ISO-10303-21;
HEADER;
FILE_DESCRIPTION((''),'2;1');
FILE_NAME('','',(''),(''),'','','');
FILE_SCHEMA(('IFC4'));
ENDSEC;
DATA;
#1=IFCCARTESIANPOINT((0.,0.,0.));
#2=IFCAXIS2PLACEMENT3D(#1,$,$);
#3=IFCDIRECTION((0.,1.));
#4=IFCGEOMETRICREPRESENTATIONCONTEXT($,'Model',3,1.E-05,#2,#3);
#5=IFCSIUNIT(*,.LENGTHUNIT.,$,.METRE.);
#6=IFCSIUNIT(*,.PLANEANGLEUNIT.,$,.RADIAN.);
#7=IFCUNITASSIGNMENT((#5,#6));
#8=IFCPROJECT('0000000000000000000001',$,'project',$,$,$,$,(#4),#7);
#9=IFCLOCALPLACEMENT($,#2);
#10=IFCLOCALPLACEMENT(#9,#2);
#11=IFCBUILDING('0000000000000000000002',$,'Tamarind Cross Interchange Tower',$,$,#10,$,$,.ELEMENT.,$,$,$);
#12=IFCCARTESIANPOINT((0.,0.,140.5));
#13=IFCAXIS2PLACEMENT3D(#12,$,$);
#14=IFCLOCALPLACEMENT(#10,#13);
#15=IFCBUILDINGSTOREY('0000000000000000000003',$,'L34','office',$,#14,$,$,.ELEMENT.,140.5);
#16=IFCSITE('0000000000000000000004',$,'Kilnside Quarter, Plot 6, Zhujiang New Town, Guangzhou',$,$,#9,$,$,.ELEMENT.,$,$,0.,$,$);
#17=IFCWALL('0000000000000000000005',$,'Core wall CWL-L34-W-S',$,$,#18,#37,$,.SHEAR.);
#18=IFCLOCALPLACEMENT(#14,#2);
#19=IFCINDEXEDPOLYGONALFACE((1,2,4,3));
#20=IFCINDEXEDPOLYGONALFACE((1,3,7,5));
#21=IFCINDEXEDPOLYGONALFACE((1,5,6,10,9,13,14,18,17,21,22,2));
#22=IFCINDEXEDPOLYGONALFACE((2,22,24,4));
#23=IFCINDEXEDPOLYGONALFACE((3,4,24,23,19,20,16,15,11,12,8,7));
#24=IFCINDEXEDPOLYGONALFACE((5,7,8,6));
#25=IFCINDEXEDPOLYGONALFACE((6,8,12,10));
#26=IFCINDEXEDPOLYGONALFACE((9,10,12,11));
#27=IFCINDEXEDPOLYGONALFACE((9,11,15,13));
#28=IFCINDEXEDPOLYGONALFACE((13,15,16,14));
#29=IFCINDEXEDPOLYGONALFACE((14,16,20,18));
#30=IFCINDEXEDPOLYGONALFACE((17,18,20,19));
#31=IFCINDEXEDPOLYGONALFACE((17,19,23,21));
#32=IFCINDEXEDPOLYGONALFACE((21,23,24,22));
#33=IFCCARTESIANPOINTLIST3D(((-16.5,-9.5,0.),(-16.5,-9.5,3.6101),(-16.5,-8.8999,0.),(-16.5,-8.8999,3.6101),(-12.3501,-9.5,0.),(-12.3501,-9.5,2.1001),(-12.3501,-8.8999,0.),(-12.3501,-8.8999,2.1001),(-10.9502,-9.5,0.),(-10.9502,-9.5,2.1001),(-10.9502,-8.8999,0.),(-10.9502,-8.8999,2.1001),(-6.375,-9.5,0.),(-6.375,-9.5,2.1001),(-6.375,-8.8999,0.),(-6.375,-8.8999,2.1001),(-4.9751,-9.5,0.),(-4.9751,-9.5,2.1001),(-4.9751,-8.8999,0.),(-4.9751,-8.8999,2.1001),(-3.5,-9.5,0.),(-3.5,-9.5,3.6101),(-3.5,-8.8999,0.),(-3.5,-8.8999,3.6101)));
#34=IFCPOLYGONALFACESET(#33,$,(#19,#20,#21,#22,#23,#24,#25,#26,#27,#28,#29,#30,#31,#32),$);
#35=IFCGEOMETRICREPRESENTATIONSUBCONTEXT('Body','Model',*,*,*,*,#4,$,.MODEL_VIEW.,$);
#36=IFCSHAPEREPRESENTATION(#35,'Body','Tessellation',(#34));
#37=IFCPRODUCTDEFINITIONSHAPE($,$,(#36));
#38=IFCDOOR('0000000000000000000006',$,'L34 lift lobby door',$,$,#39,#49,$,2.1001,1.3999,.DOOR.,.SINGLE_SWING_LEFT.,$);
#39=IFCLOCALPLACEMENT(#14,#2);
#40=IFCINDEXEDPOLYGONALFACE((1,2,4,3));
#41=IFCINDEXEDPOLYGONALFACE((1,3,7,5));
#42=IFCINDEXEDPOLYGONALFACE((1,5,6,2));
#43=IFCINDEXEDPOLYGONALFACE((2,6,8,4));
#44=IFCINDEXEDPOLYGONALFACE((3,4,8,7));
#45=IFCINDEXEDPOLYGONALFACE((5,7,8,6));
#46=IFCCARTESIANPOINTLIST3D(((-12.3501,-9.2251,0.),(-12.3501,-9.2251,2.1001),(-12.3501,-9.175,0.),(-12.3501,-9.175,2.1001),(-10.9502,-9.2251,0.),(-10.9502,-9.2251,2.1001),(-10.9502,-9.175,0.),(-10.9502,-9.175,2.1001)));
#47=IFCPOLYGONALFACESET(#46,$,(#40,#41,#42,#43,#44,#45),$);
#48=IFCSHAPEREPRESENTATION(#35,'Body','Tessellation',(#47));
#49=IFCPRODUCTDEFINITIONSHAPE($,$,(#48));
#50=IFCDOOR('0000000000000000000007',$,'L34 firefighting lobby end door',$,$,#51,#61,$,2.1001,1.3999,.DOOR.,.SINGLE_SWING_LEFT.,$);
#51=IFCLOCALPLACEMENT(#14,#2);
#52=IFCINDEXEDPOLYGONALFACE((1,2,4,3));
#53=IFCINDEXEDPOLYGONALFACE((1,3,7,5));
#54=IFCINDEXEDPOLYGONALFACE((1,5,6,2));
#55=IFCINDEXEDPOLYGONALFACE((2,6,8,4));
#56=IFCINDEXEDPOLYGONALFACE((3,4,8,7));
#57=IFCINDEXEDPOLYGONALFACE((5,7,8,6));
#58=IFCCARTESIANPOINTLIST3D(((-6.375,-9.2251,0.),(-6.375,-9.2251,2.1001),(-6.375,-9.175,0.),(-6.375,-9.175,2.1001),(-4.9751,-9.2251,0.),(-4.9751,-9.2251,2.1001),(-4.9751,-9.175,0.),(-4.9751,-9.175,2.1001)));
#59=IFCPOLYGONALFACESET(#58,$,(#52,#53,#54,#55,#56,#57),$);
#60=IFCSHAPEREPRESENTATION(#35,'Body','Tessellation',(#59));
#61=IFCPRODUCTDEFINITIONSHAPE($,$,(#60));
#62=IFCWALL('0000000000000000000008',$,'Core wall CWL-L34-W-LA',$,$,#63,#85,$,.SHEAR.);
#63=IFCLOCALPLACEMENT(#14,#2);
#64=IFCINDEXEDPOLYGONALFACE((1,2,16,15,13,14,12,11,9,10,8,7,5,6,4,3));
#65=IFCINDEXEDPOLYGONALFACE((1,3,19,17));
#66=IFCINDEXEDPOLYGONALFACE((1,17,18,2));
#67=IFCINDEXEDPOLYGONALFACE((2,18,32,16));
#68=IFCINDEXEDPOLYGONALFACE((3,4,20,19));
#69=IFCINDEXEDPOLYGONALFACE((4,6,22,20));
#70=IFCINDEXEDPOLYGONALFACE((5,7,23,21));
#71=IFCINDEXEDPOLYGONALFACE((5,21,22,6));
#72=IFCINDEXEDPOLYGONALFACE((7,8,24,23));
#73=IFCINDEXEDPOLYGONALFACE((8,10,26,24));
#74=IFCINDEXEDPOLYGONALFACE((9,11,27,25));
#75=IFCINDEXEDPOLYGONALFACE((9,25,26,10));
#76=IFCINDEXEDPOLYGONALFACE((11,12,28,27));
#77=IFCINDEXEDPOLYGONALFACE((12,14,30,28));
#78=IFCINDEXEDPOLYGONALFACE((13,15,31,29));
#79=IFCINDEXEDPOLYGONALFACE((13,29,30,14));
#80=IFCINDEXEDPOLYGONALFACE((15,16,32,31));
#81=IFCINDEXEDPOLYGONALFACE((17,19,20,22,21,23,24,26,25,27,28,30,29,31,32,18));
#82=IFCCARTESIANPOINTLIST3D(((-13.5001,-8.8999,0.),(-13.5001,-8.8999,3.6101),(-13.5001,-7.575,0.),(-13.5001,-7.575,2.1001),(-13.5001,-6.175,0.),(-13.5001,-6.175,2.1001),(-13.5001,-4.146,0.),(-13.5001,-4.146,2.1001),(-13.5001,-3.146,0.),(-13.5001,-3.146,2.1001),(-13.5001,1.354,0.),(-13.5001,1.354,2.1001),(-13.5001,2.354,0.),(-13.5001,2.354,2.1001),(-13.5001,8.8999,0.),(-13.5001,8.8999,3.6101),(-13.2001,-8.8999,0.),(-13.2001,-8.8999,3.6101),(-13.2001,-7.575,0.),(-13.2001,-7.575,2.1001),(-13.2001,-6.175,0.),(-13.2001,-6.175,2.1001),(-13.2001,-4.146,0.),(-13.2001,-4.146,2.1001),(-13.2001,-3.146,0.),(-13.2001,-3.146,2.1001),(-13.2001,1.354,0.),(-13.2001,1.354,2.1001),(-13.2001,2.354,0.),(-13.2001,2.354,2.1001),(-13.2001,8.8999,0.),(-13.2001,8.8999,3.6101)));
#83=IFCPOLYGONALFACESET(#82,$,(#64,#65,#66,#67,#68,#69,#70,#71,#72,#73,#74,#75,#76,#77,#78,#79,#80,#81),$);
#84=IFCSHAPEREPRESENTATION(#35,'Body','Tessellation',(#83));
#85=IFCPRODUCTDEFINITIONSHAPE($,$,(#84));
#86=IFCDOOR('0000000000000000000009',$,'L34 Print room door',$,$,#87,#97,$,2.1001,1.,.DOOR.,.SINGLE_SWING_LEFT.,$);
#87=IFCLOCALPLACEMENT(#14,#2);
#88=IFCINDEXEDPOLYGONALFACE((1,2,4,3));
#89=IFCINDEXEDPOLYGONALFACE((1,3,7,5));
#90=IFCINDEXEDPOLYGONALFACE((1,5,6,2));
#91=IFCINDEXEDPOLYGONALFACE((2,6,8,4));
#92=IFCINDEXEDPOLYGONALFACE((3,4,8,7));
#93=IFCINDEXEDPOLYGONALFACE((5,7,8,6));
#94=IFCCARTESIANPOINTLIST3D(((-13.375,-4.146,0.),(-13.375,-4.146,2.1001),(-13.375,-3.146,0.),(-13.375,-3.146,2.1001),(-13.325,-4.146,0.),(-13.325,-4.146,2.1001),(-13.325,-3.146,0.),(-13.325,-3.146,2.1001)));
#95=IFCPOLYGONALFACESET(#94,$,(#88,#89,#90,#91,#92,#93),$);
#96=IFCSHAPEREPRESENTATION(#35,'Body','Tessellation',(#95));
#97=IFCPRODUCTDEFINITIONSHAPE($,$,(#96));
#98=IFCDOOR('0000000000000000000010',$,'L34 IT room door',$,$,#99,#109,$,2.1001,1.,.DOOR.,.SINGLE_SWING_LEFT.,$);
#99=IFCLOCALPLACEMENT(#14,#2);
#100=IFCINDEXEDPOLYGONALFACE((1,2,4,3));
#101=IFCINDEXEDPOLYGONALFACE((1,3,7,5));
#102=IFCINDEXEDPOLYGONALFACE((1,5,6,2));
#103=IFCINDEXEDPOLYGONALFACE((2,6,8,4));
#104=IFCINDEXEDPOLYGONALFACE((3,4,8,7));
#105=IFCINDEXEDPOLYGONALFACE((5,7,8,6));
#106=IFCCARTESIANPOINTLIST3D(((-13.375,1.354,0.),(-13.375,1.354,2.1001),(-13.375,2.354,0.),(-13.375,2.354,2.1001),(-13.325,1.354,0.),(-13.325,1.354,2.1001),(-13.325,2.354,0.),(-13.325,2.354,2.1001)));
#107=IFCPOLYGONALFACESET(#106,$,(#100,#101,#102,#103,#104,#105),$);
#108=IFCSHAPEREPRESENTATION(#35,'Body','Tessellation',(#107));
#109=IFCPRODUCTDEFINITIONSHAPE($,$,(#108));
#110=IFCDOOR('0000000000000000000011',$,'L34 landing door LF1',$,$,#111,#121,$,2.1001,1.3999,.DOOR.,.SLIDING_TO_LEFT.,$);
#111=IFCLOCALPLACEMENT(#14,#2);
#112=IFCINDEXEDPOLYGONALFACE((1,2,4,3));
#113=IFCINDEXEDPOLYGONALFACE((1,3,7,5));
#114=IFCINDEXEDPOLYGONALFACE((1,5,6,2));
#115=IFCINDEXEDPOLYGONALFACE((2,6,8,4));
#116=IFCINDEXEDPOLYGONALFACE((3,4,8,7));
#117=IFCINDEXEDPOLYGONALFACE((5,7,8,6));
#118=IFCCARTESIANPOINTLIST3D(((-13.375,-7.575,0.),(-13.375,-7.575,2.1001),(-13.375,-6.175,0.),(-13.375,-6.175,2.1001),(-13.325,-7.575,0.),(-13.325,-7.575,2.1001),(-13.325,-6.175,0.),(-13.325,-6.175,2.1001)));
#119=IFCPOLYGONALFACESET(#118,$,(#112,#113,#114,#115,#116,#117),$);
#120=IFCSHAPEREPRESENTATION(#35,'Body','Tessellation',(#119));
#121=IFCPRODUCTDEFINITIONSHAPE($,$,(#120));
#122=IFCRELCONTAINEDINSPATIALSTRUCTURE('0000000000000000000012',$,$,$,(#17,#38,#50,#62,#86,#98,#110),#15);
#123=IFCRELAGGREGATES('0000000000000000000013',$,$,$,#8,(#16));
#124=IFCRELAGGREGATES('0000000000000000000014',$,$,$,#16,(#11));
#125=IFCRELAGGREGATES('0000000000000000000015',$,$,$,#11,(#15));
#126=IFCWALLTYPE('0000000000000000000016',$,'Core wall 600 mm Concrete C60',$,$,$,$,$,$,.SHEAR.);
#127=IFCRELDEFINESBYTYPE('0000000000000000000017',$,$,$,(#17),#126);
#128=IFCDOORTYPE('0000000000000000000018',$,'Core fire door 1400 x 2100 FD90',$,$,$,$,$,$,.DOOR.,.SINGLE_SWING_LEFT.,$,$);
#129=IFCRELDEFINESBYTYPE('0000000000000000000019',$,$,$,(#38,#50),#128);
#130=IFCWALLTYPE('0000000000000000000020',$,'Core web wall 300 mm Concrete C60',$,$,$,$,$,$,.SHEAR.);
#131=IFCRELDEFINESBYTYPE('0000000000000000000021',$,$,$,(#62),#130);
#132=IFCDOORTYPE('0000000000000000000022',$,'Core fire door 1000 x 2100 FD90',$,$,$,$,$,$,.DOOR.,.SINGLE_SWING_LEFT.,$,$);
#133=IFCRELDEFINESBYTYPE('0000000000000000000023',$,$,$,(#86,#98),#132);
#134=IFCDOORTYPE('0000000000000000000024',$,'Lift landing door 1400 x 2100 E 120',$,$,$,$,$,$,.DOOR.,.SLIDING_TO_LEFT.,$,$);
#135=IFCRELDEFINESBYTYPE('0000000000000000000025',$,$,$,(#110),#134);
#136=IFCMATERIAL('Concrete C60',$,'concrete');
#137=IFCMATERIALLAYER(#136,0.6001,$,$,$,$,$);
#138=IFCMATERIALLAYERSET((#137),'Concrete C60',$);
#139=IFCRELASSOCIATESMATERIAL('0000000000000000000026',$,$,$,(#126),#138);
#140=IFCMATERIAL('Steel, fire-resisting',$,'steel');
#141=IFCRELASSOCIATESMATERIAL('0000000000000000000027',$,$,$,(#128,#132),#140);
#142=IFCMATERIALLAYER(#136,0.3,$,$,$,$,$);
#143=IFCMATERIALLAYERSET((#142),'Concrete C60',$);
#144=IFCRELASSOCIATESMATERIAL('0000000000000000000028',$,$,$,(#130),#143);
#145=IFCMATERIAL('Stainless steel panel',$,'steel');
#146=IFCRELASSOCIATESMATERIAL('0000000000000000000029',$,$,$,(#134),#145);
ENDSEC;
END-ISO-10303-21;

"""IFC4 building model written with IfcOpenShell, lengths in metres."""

from ifc_helpers import new_model, si_unit, direction, frame, frame_2d, origin, place, context, subcontext, project, spatial, rectangle, extrude, material, layer, layer_set, type_object, element, fill, save


model = new_model("IFC4")

# Units and contexts
model_context = context("Model", 3, precision=1e-05, world=origin(), true_north=direction((0.0, 1.0)))
body_context = subcontext(model_context, "Body", "Model", "MODEL_VIEW")
ifc_project = project(units=[si_unit("LENGTHUNIT", "METRE"), si_unit("PLANEANGLEUNIT", "RADIAN")], contexts=[model_context])

# Site, building, storey
site_placement = place(None, origin())
site = spatial("IfcSite", under=ifc_project, at=site_placement, Name="Kilnside Quarter, Plot 6, Zhujiang New Town, Guangzhou", CompositionType="ELEMENT", RefElevation=0.0)
building_placement = place(site_placement, origin())
building = spatial("IfcBuilding", under=site, at=building_placement, Name="Tamarind Cross Interchange Tower", CompositionType="ELEMENT")
storey_placement = place(building_placement, frame((0.0, 0.0, 140.5)))
storey = spatial("IfcBuildingStorey", under=building, at=storey_placement, Name="L34", Description="office", CompositionType="ELEMENT", Elevation=140.5)

# Shared definitions
ifc_material_1 = material(Name="Concrete C60", Category="concrete")

# Walls, openings, doors
ifc_layer_1 = layer(ifc_material_1, 0.6001)
ifc_layer_set_1 = layer_set([ifc_layer_1], Name="Concrete C60")
wall_type_1 = type_object("IfcWallType", Name="Core wall 600 mm Concrete C60", PredefinedType="SHEAR", material=ifc_layer_set_1)
wall_1_placement = place(storey_placement, frame((-16.5, -9.2, 0.0), z_axis=(0.0, 0.0, 1.0), x_axis=(1.0, 0.0, 0.0)))
wall_1 = element("IfcWall", 1, at=wall_1_placement, inside=storey, type_object=wall_type_1, Name="Core wall CWL-L34-W-S", PredefinedType="SHEAR", context=body_context, shape_type="SweptSolid", body=[
    extrude(rectangle(XDim=13.0, YDim=0.6001, at=frame_2d((6.5, 0.0))), origin(), (0.0, 0.0, 1.0), 3.6101),
])
opening_1_placement = place(wall_1_placement, frame((4.1499, 0.0, 0.0)))
opening_1 = element("IfcOpeningElement", 2, at=opening_1_placement, cuts=wall_1, PredefinedType="OPENING", context=body_context, shape_type="SweptSolid", body=[
    extrude(rectangle(XDim=1.3999, YDim=2.1001, at=frame_2d((0.7, 1.05))), frame((0.0, 0.3101, 0.0), z_axis=(0.0, -1.0, 0.0), x_axis=(1.0, 0.0, 0.0)), (0.0, 0.0, 1.0), 0.6201),
])
opening_2_placement = place(wall_1_placement, frame((10.125, 0.0, 0.0)))
opening_2 = element("IfcOpeningElement", 3, at=opening_2_placement, cuts=wall_1, PredefinedType="OPENING", context=body_context, shape_type="SweptSolid", body=[
    extrude(rectangle(XDim=1.3999, YDim=2.1001, at=frame_2d((0.7, 1.05))), frame((0.0, 0.3101, 0.0), z_axis=(0.0, -1.0, 0.0), x_axis=(1.0, 0.0, 0.0)), (0.0, 0.0, 1.0), 0.6201),
])
ifc_material_2 = material(Name="Steel, fire-resisting", Category="steel")
door_type_1 = type_object("IfcDoorType", Name="Core fire door 1400 x 2100 FD90", OperationType="SINGLE_SWING_LEFT", PredefinedType="DOOR", material=ifc_material_2)
door_1_placement = place(opening_1_placement, origin())
door_1 = element("IfcDoor", 4, at=door_1_placement, inside=storey, type_object=door_type_1, Name="L34 lift lobby door", OperationType="SINGLE_SWING_LEFT", OverallHeight=2.1001, OverallWidth=1.3999, PredefinedType="DOOR", context=body_context, shape_type="SweptSolid", body=[
    extrude(rectangle(XDim=1.3999, YDim=2.1001, at=frame_2d((0.7, 1.05))), frame((0.0, 0.0249, 0.0), z_axis=(0.0, -1.0, 0.0), x_axis=(1.0, 0.0, 0.0)), (0.0, 0.0, 1.0), 0.05),
])
fill(opening_1, door_1)
door_2_placement = place(opening_2_placement, origin())
door_2 = element("IfcDoor", 5, at=door_2_placement, inside=storey, type_object=door_type_1, Name="L34 firefighting lobby end door", OperationType="SINGLE_SWING_LEFT", OverallHeight=2.1001, OverallWidth=1.3999, PredefinedType="DOOR", context=body_context, shape_type="SweptSolid", body=[
    extrude(rectangle(XDim=1.3999, YDim=2.1001, at=frame_2d((0.7, 1.05))), frame((0.0, 0.0249, 0.0), z_axis=(0.0, -1.0, 0.0), x_axis=(1.0, 0.0, 0.0)), (0.0, 0.0, 1.0), 0.05),
])
fill(opening_2, door_2)
ifc_layer_2 = layer(ifc_material_1, 0.3)
ifc_layer_set_2 = layer_set([ifc_layer_2], Name="Concrete C60")
wall_type_2 = type_object("IfcWallType", Name="Core web wall 300 mm Concrete C60", PredefinedType="SHEAR", material=ifc_layer_set_2)
wall_2_placement = place(storey_placement, frame((-13.3501, -8.8999, 0.0), z_axis=(0.0, 0.0, 1.0), x_axis=(0.0, 1.0, 0.0)))
wall_2 = element("IfcWall", 6, at=wall_2_placement, inside=storey, type_object=wall_type_2, Name="Core wall CWL-L34-W-LA", PredefinedType="SHEAR", context=body_context, shape_type="SweptSolid", body=[
    extrude(rectangle(XDim=17.7998, YDim=0.3, at=frame_2d((8.8999, 0.0))), origin(), (0.0, 0.0, 1.0), 3.6101),
])
opening_3_placement = place(wall_2_placement, frame((1.325, 0.0, 0.0)))
opening_3 = element("IfcOpeningElement", 7, at=opening_3_placement, cuts=wall_2, PredefinedType="OPENING", context=body_context, shape_type="SweptSolid", body=[
    extrude(rectangle(XDim=1.3999, YDim=2.1001, at=frame_2d((0.7, 1.05))), frame((0.0, 0.1599, 0.0), z_axis=(0.0, -1.0, 0.0), x_axis=(1.0, 0.0, 0.0)), (0.0, 0.0, 1.0), 0.3201),
])
opening_4_placement = place(wall_2_placement, frame((4.7539, 0.0, 0.0)))
opening_4 = element("IfcOpeningElement", 8, at=opening_4_placement, cuts=wall_2, PredefinedType="OPENING", context=body_context, shape_type="SweptSolid", body=[
    extrude(rectangle(XDim=1.0, YDim=2.1001, at=frame_2d((0.5, 1.05))), frame((0.0, 0.1599, 0.0), z_axis=(0.0, -1.0, 0.0), x_axis=(1.0, 0.0, 0.0)), (0.0, 0.0, 1.0), 0.3201),
])
opening_5_placement = place(wall_2_placement, frame((10.2539, 0.0, 0.0)))
opening_5 = element("IfcOpeningElement", 9, at=opening_5_placement, cuts=wall_2, PredefinedType="OPENING", context=body_context, shape_type="SweptSolid", body=[
    extrude(rectangle(XDim=1.0, YDim=2.1001, at=frame_2d((0.5, 1.05))), frame((0.0, 0.1599, 0.0), z_axis=(0.0, -1.0, 0.0), x_axis=(1.0, 0.0, 0.0)), (0.0, 0.0, 1.0), 0.3201),
])
door_type_2 = type_object("IfcDoorType", Name="Core fire door 1000 x 2100 FD90", OperationType="SINGLE_SWING_LEFT", PredefinedType="DOOR", material=ifc_material_2)
door_3_placement = place(opening_4_placement, origin())
door_3 = element("IfcDoor", 10, at=door_3_placement, inside=storey, type_object=door_type_2, Name="L34 Print room door", OperationType="SINGLE_SWING_LEFT", OverallHeight=2.1001, OverallWidth=1.0, PredefinedType="DOOR", context=body_context, shape_type="SweptSolid", body=[
    extrude(rectangle(XDim=1.0, YDim=2.1001, at=frame_2d((0.5, 1.05))), frame((0.0, 0.0249, 0.0), z_axis=(0.0, -1.0, 0.0), x_axis=(1.0, 0.0, 0.0)), (0.0, 0.0, 1.0), 0.05),
])
fill(opening_4, door_3)
door_4_placement = place(opening_5_placement, origin())
door_4 = element("IfcDoor", 11, at=door_4_placement, inside=storey, type_object=door_type_2, Name="L34 IT room door", OperationType="SINGLE_SWING_LEFT", OverallHeight=2.1001, OverallWidth=1.0, PredefinedType="DOOR", context=body_context, shape_type="SweptSolid", body=[
    extrude(rectangle(XDim=1.0, YDim=2.1001, at=frame_2d((0.5, 1.05))), frame((0.0, 0.0249, 0.0), z_axis=(0.0, -1.0, 0.0), x_axis=(1.0, 0.0, 0.0)), (0.0, 0.0, 1.0), 0.05),
])
fill(opening_5, door_4)
ifc_material_3 = material(Name="Stainless steel panel", Category="steel")
door_type_3 = type_object("IfcDoorType", Name="Lift landing door 1400 x 2100 E 120", OperationType="SLIDING_TO_LEFT", PredefinedType="DOOR", material=ifc_material_3)
door_5_placement = place(opening_3_placement, origin())
door_5 = element("IfcDoor", 12, at=door_5_placement, inside=storey, type_object=door_type_3, Name="L34 landing door LF1", OperationType="SLIDING_TO_LEFT", OverallHeight=2.1001, OverallWidth=1.3999, PredefinedType="DOOR", context=body_context, shape_type="SweptSolid", body=[
    extrude(rectangle(XDim=1.3999, YDim=2.1001, at=frame_2d((0.7, 1.05))), frame((0.0, 0.0249, 0.0), z_axis=(0.0, -1.0, 0.0), x_axis=(1.0, 0.0, 0.0)), (0.0, 0.0, 1.0), 0.05),
])
fill(opening_3, door_5)

save(model, "model.ifc")
